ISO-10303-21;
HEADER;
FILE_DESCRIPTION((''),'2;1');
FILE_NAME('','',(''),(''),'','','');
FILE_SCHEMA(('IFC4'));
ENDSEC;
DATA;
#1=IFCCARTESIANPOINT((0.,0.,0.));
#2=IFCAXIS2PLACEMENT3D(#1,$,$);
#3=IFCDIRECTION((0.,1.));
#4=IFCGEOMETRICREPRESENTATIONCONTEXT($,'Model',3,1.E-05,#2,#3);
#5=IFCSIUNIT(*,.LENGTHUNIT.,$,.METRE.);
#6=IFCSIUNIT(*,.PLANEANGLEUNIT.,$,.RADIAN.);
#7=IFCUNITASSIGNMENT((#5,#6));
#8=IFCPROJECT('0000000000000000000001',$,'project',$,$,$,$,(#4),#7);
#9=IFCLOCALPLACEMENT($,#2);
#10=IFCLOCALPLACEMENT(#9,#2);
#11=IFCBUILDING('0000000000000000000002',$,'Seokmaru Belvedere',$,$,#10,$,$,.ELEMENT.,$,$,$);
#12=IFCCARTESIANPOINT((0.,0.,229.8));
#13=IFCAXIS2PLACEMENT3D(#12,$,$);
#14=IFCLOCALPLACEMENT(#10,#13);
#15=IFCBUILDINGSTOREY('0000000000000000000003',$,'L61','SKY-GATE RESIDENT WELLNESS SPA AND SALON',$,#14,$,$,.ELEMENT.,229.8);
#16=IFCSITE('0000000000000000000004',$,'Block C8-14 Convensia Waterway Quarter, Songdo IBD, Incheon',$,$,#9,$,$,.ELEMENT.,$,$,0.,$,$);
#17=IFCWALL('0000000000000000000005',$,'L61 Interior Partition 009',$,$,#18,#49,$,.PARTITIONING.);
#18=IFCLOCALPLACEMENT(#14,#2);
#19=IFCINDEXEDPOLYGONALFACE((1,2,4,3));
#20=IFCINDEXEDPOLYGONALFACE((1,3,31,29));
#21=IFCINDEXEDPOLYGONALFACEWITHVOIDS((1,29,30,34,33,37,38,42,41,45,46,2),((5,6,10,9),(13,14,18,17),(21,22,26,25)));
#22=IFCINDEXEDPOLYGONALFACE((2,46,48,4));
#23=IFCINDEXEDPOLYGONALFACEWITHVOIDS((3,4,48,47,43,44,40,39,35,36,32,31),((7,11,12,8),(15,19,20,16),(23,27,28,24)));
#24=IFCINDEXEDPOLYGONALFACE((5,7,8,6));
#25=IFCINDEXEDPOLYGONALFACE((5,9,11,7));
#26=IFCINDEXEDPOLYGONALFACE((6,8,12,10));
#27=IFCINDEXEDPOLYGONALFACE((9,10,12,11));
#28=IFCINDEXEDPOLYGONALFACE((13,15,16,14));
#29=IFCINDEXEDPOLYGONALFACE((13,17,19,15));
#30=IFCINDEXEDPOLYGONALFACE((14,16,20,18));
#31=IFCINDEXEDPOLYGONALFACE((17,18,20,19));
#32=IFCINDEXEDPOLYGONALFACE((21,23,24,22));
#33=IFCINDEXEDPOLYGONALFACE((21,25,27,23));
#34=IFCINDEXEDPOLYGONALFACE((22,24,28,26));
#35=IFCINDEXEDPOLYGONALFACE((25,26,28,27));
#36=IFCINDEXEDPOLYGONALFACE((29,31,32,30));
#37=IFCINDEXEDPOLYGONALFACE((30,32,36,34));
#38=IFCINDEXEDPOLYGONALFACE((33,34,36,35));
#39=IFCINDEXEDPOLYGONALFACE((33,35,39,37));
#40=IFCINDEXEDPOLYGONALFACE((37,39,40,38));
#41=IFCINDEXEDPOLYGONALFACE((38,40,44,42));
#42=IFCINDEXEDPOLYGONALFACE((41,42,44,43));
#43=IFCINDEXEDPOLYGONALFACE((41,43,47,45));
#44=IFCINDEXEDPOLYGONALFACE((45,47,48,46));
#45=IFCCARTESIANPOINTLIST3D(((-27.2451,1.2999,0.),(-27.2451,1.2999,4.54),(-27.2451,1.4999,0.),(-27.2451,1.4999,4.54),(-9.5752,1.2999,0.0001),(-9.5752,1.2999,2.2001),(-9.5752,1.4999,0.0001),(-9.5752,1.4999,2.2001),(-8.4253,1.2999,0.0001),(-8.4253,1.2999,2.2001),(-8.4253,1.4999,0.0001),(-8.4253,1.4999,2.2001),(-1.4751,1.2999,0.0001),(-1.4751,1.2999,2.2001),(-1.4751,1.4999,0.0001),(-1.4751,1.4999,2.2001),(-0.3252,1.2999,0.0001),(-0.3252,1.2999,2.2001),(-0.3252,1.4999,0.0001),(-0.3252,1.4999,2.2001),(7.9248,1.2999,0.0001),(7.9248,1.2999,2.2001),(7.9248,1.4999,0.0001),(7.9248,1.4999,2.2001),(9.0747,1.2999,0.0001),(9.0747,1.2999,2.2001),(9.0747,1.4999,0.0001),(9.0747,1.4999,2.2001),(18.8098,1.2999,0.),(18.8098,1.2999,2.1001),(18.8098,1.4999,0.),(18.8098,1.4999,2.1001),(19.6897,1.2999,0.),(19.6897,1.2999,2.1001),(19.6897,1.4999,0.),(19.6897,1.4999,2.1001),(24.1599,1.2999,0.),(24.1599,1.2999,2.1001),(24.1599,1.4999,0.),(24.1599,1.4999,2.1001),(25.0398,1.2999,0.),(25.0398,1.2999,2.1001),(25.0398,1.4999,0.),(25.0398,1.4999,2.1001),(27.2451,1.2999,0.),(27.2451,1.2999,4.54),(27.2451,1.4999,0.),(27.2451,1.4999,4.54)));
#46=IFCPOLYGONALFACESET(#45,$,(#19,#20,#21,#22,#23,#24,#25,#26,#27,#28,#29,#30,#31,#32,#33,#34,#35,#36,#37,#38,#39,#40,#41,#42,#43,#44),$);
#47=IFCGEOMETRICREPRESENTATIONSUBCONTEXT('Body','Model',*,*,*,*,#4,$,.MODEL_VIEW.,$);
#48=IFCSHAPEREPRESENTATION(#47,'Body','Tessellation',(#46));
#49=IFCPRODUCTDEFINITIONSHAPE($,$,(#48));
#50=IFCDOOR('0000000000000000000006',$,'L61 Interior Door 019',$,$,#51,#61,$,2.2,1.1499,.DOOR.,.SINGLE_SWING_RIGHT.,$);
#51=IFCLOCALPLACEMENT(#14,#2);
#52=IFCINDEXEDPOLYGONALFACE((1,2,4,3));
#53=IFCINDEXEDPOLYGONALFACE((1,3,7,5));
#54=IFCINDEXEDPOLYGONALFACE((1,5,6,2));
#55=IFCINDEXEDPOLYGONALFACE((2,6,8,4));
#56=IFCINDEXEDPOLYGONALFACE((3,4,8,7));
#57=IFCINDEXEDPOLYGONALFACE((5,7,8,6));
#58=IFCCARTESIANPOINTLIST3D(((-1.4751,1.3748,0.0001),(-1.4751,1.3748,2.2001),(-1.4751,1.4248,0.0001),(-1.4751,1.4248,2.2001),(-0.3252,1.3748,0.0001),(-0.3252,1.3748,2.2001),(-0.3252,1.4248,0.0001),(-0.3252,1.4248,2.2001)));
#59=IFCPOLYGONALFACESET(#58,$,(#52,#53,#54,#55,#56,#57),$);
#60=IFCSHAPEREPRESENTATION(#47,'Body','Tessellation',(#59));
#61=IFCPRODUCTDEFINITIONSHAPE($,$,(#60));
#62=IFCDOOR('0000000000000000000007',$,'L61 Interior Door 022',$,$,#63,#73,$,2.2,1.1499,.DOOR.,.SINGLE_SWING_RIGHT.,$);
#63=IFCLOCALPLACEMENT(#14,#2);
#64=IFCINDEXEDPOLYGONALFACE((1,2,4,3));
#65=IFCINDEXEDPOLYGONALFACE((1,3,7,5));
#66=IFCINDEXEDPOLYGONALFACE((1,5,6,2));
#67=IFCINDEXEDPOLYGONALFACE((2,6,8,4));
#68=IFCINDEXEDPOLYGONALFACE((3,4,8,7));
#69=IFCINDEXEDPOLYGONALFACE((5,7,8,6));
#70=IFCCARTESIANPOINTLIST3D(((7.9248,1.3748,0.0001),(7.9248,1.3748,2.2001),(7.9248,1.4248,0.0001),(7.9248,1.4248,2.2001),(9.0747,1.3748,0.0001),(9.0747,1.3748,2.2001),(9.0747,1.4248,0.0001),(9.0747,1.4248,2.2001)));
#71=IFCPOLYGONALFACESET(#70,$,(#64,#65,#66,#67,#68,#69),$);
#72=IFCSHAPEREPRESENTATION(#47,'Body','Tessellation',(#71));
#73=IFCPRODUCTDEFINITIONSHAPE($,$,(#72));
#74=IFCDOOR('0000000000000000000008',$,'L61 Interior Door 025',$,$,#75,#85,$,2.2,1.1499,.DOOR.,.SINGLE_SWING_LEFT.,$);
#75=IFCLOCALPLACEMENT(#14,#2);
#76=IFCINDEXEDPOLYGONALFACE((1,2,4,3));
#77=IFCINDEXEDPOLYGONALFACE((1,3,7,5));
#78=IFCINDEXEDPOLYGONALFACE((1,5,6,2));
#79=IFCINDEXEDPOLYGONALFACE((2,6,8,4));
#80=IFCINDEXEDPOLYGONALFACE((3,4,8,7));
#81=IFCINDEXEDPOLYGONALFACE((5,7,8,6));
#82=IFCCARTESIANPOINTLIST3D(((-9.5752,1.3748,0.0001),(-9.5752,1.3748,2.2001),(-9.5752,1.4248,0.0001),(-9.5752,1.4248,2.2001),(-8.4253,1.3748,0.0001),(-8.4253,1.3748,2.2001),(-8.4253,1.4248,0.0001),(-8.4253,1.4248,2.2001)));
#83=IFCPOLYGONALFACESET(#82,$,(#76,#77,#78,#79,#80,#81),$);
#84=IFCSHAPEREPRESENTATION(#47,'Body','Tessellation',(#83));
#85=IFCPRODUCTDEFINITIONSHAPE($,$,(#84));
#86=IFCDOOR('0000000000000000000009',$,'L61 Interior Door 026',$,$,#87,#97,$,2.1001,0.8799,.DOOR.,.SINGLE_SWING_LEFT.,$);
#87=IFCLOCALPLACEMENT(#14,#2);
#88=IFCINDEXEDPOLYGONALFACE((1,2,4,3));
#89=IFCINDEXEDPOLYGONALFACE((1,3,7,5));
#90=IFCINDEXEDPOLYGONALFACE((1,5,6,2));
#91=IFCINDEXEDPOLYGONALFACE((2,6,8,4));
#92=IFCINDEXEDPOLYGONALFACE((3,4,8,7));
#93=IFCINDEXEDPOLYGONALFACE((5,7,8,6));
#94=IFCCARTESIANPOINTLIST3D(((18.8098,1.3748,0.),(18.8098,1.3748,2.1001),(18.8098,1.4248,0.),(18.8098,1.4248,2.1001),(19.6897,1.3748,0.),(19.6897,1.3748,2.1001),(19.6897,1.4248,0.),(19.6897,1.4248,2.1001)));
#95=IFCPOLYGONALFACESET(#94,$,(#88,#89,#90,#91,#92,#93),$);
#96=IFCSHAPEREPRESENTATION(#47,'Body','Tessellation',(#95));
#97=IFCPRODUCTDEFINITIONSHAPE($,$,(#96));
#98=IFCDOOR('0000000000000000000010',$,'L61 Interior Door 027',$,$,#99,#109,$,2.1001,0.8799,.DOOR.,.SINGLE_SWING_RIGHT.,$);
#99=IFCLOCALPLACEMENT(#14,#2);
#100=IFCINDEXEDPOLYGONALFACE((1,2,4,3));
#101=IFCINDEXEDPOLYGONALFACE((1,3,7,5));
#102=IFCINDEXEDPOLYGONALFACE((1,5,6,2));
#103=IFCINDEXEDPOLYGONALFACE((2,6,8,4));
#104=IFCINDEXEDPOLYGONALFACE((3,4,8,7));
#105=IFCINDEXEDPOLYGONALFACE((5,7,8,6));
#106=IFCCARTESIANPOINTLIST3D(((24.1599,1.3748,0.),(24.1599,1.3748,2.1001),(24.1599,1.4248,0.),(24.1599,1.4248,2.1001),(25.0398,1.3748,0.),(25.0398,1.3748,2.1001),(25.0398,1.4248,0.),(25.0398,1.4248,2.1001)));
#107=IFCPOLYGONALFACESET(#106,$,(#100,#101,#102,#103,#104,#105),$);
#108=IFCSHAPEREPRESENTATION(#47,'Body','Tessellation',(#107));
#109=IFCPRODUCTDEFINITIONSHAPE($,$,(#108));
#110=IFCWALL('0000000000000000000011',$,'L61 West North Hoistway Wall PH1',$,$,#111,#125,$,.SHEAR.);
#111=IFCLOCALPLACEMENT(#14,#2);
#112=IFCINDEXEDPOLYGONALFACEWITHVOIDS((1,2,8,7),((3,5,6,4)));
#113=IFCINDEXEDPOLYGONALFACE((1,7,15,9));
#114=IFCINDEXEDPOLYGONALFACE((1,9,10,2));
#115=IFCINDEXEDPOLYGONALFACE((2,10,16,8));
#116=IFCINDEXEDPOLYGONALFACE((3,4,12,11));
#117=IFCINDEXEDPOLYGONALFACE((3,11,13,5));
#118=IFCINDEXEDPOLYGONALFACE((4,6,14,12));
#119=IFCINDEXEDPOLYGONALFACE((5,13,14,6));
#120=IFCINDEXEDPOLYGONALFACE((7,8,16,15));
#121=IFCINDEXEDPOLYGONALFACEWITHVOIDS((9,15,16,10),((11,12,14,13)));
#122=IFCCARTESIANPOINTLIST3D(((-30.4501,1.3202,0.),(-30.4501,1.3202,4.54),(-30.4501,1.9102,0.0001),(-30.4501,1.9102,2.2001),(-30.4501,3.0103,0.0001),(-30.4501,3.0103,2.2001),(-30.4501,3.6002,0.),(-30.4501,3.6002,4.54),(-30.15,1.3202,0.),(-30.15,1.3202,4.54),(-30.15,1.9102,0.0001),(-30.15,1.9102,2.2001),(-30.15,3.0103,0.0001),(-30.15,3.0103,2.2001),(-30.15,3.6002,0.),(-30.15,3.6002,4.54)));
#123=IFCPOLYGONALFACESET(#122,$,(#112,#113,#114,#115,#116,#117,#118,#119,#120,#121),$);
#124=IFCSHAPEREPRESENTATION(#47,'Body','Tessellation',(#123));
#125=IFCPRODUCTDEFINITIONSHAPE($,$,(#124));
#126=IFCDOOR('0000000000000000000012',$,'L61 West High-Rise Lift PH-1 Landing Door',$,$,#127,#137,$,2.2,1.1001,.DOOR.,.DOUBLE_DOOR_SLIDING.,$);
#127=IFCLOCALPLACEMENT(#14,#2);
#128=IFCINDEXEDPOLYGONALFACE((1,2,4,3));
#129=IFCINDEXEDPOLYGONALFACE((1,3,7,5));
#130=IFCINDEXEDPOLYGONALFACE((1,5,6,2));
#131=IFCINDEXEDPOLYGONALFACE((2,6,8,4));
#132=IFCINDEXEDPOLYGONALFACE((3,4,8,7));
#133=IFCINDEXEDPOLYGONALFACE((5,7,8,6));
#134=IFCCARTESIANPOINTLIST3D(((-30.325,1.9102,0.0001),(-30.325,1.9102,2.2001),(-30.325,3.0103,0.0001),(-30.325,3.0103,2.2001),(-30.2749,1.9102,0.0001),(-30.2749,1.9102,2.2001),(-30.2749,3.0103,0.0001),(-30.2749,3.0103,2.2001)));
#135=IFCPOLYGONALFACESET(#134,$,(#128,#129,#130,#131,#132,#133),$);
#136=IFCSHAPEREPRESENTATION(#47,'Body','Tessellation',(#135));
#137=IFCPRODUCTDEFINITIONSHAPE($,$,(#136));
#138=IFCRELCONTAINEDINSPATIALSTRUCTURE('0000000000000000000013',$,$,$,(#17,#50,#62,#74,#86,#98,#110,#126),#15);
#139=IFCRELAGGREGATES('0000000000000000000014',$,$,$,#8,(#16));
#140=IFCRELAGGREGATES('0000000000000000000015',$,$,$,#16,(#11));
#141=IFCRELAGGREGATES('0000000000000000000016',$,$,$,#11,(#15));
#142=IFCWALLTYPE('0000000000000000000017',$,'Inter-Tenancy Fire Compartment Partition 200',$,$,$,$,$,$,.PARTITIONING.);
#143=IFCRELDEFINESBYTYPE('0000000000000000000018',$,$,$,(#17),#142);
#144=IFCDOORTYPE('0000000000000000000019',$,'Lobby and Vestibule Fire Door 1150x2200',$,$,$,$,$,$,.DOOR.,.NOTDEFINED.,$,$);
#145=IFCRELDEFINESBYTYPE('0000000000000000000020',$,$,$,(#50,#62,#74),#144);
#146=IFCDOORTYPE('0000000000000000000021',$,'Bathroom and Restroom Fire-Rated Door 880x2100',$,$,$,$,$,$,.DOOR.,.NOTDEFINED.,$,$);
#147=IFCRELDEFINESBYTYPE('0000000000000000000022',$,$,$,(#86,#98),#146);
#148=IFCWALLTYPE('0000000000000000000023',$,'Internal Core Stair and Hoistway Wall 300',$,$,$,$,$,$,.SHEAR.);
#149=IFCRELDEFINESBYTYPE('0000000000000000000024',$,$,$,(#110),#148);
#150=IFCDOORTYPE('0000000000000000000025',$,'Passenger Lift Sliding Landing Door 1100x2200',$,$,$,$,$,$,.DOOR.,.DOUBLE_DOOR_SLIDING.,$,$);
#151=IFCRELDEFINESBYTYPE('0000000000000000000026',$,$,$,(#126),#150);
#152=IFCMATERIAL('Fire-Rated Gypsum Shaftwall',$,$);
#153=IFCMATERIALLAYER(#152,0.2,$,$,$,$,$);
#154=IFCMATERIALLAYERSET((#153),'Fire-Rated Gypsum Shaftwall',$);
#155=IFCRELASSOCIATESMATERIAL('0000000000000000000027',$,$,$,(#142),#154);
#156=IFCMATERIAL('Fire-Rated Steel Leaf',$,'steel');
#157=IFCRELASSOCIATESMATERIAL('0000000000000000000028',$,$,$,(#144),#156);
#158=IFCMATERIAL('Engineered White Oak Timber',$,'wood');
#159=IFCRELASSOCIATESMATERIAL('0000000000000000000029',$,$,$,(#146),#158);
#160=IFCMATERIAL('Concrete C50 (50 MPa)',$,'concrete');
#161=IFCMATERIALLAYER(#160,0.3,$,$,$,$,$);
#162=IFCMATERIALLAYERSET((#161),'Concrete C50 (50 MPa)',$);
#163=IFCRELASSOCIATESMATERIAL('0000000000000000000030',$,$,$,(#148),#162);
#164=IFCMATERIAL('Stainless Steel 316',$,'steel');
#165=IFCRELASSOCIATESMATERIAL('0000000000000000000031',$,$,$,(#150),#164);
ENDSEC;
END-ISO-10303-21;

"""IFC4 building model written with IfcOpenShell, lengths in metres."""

from ifc_helpers import new_model, si_unit, direction, frame, frame_2d, origin, place, context, subcontext, project, spatial, rectangle, extrude, source, transform, mapped, material, layer, layer_set, type_object, type_shapes, element, fill, save


model = new_model("IFC4")

# Units and contexts
model_context = context("Model", 3, precision=1e-05, world=origin(), true_north=direction((0.0, 1.0)))
body_context = subcontext(model_context, "Body", "Model", "MODEL_VIEW")
ifc_project = project(units=[si_unit("LENGTHUNIT", "METRE"), si_unit("PLANEANGLEUNIT", "RADIAN")], contexts=[model_context])

# Site, building, storey
site_placement = place(None, origin())
site = spatial("IfcSite", under=ifc_project, at=site_placement, Name="Block C8-14 Convensia Waterway Quarter, Songdo IBD, Incheon", CompositionType="ELEMENT", RefElevation=0.0)
building_placement = place(site_placement, origin())
building = spatial("IfcBuilding", under=site, at=building_placement, Name="Seokmaru Belvedere", CompositionType="ELEMENT")
storey_placement = place(building_placement, frame((0.0, 0.0, 229.8)))
storey = spatial("IfcBuildingStorey", under=building, at=storey_placement, Name="L61", Description="SKY-GATE RESIDENT WELLNESS SPA AND SALON", CompositionType="ELEMENT", Elevation=229.8)

# Shared definitions
ifc_material_1 = material(Name="Concrete C50 (50 MPa)", Category="concrete")

# Wall, openings, doors
ifc_material_2 = material(Name="Fire-Rated Gypsum Shaftwall")
ifc_layer_1 = layer(ifc_material_2, 0.2)
ifc_layer_set_1 = layer_set([ifc_layer_1], Name="Fire-Rated Gypsum Shaftwall")
wall_type_1 = type_object("IfcWallType", Name="Inter-Tenancy Fire Compartment Partition 200", PredefinedType="PARTITIONING", material=ifc_layer_set_1)
ifc_material_3 = material(Name="Fire-Rated Steel Leaf", Category="steel")
door_type_1 = type_object("IfcDoorType", Name="Lobby and Vestibule Fire Door 1150x2200", OperationType="NOTDEFINED", PredefinedType="DOOR", material=ifc_material_3)
shared_shape_1 = source(origin(), body_context, "Body", "SweptSolid", [
    extrude(rectangle(XDim=1.1499, YDim=2.2, at=frame_2d((0.575, 1.1001))), frame((0.0, 0.0249, 0.0), z_axis=(0.0, -1.0, 0.0), x_axis=(1.0, 0.0, 0.0)), (0.0, 0.0, 1.0), 0.05),
])
type_shapes(door_type_1, [shared_shape_1])
wall_1_placement = place(storey_placement, frame((-27.2451, 1.3999, 0.0), z_axis=(0.0, 0.0, 1.0), x_axis=(1.0, 0.0, 0.0)))
wall_1 = element("IfcWall", 1, at=wall_1_placement, inside=storey, type_object=wall_type_1, Name="L61 Interior Partition 009", PredefinedType="PARTITIONING", context=body_context, shape_type="SweptSolid", body=[
    extrude(rectangle(XDim=54.4902, YDim=0.2, at=frame_2d((27.2451, 0.0))), origin(), (0.0, 0.0, 1.0), 4.54),
])
opening_1_placement = place(wall_1_placement, frame((25.77, 0.0, 0.0)))
opening_1 = element("IfcOpeningElement", 2, at=opening_1_placement, cuts=wall_1, PredefinedType="OPENING", context=body_context, shape_type="SweptSolid", body=[
    extrude(rectangle(XDim=1.1499, YDim=2.2, at=frame_2d((0.575, 1.1001))), frame((0.0, 0.1099, 0.0), z_axis=(0.0, -1.0, 0.0), x_axis=(1.0, 0.0, 0.0)), (0.0, 0.0, 1.0), 0.22),
])
opening_2_placement = place(wall_1_placement, frame((35.1699, 0.0, 0.0)))
opening_2 = element("IfcOpeningElement", 3, at=opening_2_placement, cuts=wall_1, PredefinedType="OPENING", context=body_context, shape_type="SweptSolid", body=[
    extrude(rectangle(XDim=1.1499, YDim=2.2, at=frame_2d((0.575, 1.1001))), frame((0.0, 0.1099, 0.0), z_axis=(0.0, -1.0, 0.0), x_axis=(1.0, 0.0, 0.0)), (0.0, 0.0, 1.0), 0.22),
])
opening_3_placement = place(wall_1_placement, frame((17.6699, 0.0, 0.0)))
opening_3 = element("IfcOpeningElement", 4, at=opening_3_placement, cuts=wall_1, PredefinedType="OPENING", context=body_context, shape_type="SweptSolid", body=[
    extrude(rectangle(XDim=1.1499, YDim=2.2, at=frame_2d((0.575, 1.1001))), frame((0.0, 0.1099, 0.0), z_axis=(0.0, -1.0, 0.0), x_axis=(1.0, 0.0, 0.0)), (0.0, 0.0, 1.0), 0.22),
])
opening_4_placement = place(wall_1_placement, frame((46.0549, 0.0, 0.0)))
opening_4 = element("IfcOpeningElement", 5, at=opening_4_placement, cuts=wall_1, PredefinedType="OPENING", context=body_context, shape_type="SweptSolid", body=[
    extrude(rectangle(XDim=0.8799, YDim=2.1001, at=frame_2d((0.4399, 1.05))), frame((0.0, 0.1099, 0.0), z_axis=(0.0, -1.0, 0.0), x_axis=(1.0, 0.0, 0.0)), (0.0, 0.0, 1.0), 0.22),
])
opening_5_placement = place(wall_1_placement, frame((51.405, 0.0, 0.0)))
opening_5 = element("IfcOpeningElement", 6, at=opening_5_placement, cuts=wall_1, PredefinedType="OPENING", context=body_context, shape_type="SweptSolid", body=[
    extrude(rectangle(XDim=0.8799, YDim=2.1001, at=frame_2d((0.4399, 1.05))), frame((0.0, 0.1099, 0.0), z_axis=(0.0, -1.0, 0.0), x_axis=(1.0, 0.0, 0.0)), (0.0, 0.0, 1.0), 0.22),
])
door_1_placement = place(opening_1_placement, origin())
door_1 = element("IfcDoor", 7, at=door_1_placement, inside=storey, type_object=door_type_1, Name="L61 Interior Door 019", OperationType="SINGLE_SWING_RIGHT", OverallHeight=2.2, OverallWidth=1.1499, PredefinedType="DOOR", context=body_context, shape_type="MappedRepresentation", body=[
    mapped(shared_shape_1, transform((0.0, 0.0, 0.0), scale=1.0)),
])
fill(opening_1, door_1)
door_2_placement = place(opening_2_placement, origin())
door_2 = element("IfcDoor", 8, at=door_2_placement, inside=storey, type_object=door_type_1, Name="L61 Interior Door 022", OperationType="SINGLE_SWING_RIGHT", OverallHeight=2.2, OverallWidth=1.1499, PredefinedType="DOOR", context=body_context, shape_type="MappedRepresentation", body=[
    mapped(shared_shape_1, transform((0.0, 0.0, 0.0), scale=1.0)),
])
fill(opening_2, door_2)
door_3_placement = place(opening_3_placement, origin())
door_3 = element("IfcDoor", 9, at=door_3_placement, inside=storey, type_object=door_type_1, Name="L61 Interior Door 025", OperationType="SINGLE_SWING_LEFT", OverallHeight=2.2, OverallWidth=1.1499, PredefinedType="DOOR", context=body_context, shape_type="MappedRepresentation", body=[
    mapped(shared_shape_1, transform((0.0, 0.0, 0.0), scale=1.0)),
])
fill(opening_3, door_3)
ifc_material_4 = material(Name="Engineered White Oak Timber", Category="wood")
door_type_2 = type_object("IfcDoorType", Name="Bathroom and Restroom Fire-Rated Door 880x2100", OperationType="NOTDEFINED", PredefinedType="DOOR", material=ifc_material_4)
shared_shape_2 = source(origin(), body_context, "Body", "SweptSolid", [
    extrude(rectangle(XDim=0.8799, YDim=2.1001, at=frame_2d((0.4399, 1.05))), frame((0.0, 0.0249, 0.0), z_axis=(0.0, -1.0, 0.0), x_axis=(1.0, 0.0, 0.0)), (0.0, 0.0, 1.0), 0.05),
])
type_shapes(door_type_2, [shared_shape_2])
door_4_placement = place(opening_4_placement, origin())
door_4 = element("IfcDoor", 10, at=door_4_placement, inside=storey, type_object=door_type_2, Name="L61 Interior Door 026", OperationType="SINGLE_SWING_LEFT", OverallHeight=2.1001, OverallWidth=0.8799, PredefinedType="DOOR", context=body_context, shape_type="MappedRepresentation", body=[
    mapped(shared_shape_2, transform((0.0, 0.0, 0.0), scale=1.0)),
])
fill(opening_4, door_4)
door_5_placement = place(opening_5_placement, origin())
door_5 = element("IfcDoor", 11, at=door_5_placement, inside=storey, type_object=door_type_2, Name="L61 Interior Door 027", OperationType="SINGLE_SWING_RIGHT", OverallHeight=2.1001, OverallWidth=0.8799, PredefinedType="DOOR", context=body_context, shape_type="MappedRepresentation", body=[
    mapped(shared_shape_2, transform((0.0, 0.0, 0.0), scale=1.0)),
])
fill(opening_5, door_5)

# Wall, opening, door
ifc_layer_2 = layer(ifc_material_1, 0.3)
ifc_layer_set_2 = layer_set([ifc_layer_2], Name="Concrete C50 (50 MPa)")
wall_type_2 = type_object("IfcWallType", Name="Internal Core Stair and Hoistway Wall 300", PredefinedType="SHEAR", material=ifc_layer_set_2)
wall_2_placement = place(storey_placement, frame((-30.3, 1.3201, 0.0), z_axis=(0.0, 0.0, 1.0), x_axis=(0.0, 1.0, 0.0)))
wall_2 = element("IfcWall", 12, at=wall_2_placement, inside=storey, type_object=wall_type_2, Name="L61 West North Hoistway Wall PH1", PredefinedType="SHEAR", context=body_context, shape_type="SweptSolid", body=[
    extrude(rectangle(XDim=2.28, YDim=0.3, at=frame_2d((1.1401, 0.0))), origin(), (0.0, 0.0, 1.0), 4.54),
])
opening_6_placement = place(wall_2_placement, frame((0.5901, 0.0, 0.0)))
opening_6 = element("IfcOpeningElement", 13, at=opening_6_placement, cuts=wall_2, PredefinedType="OPENING", context=body_context, shape_type="SweptSolid", body=[
    extrude(rectangle(XDim=1.1001, YDim=2.2, at=frame_2d((0.55, 1.1001))), frame((0.0, 0.1602, 0.0), z_axis=(0.0, -1.0, 0.0), x_axis=(1.0, 0.0, 0.0)), (0.0, 0.0, 1.0), 0.3201),
])
ifc_material_5 = material(Name="Stainless Steel 316", Category="steel")
door_type_3 = type_object("IfcDoorType", Name="Passenger Lift Sliding Landing Door 1100x2200", OperationType="DOUBLE_DOOR_SLIDING", PredefinedType="DOOR", material=ifc_material_5)
shared_shape_3 = source(origin(), body_context, "Body", "SweptSolid", [
    extrude(rectangle(XDim=1.1001, YDim=2.2, at=frame_2d((0.55, 1.1001))), frame((0.0, 0.0249, 0.0), z_axis=(0.0, -1.0, 0.0), x_axis=(1.0, 0.0, 0.0)), (0.0, 0.0, 1.0), 0.05),
])
type_shapes(door_type_3, [shared_shape_3])
door_6_placement = place(opening_6_placement, origin())
door_6 = element("IfcDoor", 14, at=door_6_placement, inside=storey, type_object=door_type_3, Name="L61 West High-Rise Lift PH-1 Landing Door", OperationType="DOUBLE_DOOR_SLIDING", OverallHeight=2.2, OverallWidth=1.1001, PredefinedType="DOOR", context=body_context, shape_type="MappedRepresentation", body=[
    mapped(shared_shape_3, transform((0.0, 0.0, 0.0), scale=1.0)),
])
fill(opening_6, door_6)

save(model, "model.ifc")
